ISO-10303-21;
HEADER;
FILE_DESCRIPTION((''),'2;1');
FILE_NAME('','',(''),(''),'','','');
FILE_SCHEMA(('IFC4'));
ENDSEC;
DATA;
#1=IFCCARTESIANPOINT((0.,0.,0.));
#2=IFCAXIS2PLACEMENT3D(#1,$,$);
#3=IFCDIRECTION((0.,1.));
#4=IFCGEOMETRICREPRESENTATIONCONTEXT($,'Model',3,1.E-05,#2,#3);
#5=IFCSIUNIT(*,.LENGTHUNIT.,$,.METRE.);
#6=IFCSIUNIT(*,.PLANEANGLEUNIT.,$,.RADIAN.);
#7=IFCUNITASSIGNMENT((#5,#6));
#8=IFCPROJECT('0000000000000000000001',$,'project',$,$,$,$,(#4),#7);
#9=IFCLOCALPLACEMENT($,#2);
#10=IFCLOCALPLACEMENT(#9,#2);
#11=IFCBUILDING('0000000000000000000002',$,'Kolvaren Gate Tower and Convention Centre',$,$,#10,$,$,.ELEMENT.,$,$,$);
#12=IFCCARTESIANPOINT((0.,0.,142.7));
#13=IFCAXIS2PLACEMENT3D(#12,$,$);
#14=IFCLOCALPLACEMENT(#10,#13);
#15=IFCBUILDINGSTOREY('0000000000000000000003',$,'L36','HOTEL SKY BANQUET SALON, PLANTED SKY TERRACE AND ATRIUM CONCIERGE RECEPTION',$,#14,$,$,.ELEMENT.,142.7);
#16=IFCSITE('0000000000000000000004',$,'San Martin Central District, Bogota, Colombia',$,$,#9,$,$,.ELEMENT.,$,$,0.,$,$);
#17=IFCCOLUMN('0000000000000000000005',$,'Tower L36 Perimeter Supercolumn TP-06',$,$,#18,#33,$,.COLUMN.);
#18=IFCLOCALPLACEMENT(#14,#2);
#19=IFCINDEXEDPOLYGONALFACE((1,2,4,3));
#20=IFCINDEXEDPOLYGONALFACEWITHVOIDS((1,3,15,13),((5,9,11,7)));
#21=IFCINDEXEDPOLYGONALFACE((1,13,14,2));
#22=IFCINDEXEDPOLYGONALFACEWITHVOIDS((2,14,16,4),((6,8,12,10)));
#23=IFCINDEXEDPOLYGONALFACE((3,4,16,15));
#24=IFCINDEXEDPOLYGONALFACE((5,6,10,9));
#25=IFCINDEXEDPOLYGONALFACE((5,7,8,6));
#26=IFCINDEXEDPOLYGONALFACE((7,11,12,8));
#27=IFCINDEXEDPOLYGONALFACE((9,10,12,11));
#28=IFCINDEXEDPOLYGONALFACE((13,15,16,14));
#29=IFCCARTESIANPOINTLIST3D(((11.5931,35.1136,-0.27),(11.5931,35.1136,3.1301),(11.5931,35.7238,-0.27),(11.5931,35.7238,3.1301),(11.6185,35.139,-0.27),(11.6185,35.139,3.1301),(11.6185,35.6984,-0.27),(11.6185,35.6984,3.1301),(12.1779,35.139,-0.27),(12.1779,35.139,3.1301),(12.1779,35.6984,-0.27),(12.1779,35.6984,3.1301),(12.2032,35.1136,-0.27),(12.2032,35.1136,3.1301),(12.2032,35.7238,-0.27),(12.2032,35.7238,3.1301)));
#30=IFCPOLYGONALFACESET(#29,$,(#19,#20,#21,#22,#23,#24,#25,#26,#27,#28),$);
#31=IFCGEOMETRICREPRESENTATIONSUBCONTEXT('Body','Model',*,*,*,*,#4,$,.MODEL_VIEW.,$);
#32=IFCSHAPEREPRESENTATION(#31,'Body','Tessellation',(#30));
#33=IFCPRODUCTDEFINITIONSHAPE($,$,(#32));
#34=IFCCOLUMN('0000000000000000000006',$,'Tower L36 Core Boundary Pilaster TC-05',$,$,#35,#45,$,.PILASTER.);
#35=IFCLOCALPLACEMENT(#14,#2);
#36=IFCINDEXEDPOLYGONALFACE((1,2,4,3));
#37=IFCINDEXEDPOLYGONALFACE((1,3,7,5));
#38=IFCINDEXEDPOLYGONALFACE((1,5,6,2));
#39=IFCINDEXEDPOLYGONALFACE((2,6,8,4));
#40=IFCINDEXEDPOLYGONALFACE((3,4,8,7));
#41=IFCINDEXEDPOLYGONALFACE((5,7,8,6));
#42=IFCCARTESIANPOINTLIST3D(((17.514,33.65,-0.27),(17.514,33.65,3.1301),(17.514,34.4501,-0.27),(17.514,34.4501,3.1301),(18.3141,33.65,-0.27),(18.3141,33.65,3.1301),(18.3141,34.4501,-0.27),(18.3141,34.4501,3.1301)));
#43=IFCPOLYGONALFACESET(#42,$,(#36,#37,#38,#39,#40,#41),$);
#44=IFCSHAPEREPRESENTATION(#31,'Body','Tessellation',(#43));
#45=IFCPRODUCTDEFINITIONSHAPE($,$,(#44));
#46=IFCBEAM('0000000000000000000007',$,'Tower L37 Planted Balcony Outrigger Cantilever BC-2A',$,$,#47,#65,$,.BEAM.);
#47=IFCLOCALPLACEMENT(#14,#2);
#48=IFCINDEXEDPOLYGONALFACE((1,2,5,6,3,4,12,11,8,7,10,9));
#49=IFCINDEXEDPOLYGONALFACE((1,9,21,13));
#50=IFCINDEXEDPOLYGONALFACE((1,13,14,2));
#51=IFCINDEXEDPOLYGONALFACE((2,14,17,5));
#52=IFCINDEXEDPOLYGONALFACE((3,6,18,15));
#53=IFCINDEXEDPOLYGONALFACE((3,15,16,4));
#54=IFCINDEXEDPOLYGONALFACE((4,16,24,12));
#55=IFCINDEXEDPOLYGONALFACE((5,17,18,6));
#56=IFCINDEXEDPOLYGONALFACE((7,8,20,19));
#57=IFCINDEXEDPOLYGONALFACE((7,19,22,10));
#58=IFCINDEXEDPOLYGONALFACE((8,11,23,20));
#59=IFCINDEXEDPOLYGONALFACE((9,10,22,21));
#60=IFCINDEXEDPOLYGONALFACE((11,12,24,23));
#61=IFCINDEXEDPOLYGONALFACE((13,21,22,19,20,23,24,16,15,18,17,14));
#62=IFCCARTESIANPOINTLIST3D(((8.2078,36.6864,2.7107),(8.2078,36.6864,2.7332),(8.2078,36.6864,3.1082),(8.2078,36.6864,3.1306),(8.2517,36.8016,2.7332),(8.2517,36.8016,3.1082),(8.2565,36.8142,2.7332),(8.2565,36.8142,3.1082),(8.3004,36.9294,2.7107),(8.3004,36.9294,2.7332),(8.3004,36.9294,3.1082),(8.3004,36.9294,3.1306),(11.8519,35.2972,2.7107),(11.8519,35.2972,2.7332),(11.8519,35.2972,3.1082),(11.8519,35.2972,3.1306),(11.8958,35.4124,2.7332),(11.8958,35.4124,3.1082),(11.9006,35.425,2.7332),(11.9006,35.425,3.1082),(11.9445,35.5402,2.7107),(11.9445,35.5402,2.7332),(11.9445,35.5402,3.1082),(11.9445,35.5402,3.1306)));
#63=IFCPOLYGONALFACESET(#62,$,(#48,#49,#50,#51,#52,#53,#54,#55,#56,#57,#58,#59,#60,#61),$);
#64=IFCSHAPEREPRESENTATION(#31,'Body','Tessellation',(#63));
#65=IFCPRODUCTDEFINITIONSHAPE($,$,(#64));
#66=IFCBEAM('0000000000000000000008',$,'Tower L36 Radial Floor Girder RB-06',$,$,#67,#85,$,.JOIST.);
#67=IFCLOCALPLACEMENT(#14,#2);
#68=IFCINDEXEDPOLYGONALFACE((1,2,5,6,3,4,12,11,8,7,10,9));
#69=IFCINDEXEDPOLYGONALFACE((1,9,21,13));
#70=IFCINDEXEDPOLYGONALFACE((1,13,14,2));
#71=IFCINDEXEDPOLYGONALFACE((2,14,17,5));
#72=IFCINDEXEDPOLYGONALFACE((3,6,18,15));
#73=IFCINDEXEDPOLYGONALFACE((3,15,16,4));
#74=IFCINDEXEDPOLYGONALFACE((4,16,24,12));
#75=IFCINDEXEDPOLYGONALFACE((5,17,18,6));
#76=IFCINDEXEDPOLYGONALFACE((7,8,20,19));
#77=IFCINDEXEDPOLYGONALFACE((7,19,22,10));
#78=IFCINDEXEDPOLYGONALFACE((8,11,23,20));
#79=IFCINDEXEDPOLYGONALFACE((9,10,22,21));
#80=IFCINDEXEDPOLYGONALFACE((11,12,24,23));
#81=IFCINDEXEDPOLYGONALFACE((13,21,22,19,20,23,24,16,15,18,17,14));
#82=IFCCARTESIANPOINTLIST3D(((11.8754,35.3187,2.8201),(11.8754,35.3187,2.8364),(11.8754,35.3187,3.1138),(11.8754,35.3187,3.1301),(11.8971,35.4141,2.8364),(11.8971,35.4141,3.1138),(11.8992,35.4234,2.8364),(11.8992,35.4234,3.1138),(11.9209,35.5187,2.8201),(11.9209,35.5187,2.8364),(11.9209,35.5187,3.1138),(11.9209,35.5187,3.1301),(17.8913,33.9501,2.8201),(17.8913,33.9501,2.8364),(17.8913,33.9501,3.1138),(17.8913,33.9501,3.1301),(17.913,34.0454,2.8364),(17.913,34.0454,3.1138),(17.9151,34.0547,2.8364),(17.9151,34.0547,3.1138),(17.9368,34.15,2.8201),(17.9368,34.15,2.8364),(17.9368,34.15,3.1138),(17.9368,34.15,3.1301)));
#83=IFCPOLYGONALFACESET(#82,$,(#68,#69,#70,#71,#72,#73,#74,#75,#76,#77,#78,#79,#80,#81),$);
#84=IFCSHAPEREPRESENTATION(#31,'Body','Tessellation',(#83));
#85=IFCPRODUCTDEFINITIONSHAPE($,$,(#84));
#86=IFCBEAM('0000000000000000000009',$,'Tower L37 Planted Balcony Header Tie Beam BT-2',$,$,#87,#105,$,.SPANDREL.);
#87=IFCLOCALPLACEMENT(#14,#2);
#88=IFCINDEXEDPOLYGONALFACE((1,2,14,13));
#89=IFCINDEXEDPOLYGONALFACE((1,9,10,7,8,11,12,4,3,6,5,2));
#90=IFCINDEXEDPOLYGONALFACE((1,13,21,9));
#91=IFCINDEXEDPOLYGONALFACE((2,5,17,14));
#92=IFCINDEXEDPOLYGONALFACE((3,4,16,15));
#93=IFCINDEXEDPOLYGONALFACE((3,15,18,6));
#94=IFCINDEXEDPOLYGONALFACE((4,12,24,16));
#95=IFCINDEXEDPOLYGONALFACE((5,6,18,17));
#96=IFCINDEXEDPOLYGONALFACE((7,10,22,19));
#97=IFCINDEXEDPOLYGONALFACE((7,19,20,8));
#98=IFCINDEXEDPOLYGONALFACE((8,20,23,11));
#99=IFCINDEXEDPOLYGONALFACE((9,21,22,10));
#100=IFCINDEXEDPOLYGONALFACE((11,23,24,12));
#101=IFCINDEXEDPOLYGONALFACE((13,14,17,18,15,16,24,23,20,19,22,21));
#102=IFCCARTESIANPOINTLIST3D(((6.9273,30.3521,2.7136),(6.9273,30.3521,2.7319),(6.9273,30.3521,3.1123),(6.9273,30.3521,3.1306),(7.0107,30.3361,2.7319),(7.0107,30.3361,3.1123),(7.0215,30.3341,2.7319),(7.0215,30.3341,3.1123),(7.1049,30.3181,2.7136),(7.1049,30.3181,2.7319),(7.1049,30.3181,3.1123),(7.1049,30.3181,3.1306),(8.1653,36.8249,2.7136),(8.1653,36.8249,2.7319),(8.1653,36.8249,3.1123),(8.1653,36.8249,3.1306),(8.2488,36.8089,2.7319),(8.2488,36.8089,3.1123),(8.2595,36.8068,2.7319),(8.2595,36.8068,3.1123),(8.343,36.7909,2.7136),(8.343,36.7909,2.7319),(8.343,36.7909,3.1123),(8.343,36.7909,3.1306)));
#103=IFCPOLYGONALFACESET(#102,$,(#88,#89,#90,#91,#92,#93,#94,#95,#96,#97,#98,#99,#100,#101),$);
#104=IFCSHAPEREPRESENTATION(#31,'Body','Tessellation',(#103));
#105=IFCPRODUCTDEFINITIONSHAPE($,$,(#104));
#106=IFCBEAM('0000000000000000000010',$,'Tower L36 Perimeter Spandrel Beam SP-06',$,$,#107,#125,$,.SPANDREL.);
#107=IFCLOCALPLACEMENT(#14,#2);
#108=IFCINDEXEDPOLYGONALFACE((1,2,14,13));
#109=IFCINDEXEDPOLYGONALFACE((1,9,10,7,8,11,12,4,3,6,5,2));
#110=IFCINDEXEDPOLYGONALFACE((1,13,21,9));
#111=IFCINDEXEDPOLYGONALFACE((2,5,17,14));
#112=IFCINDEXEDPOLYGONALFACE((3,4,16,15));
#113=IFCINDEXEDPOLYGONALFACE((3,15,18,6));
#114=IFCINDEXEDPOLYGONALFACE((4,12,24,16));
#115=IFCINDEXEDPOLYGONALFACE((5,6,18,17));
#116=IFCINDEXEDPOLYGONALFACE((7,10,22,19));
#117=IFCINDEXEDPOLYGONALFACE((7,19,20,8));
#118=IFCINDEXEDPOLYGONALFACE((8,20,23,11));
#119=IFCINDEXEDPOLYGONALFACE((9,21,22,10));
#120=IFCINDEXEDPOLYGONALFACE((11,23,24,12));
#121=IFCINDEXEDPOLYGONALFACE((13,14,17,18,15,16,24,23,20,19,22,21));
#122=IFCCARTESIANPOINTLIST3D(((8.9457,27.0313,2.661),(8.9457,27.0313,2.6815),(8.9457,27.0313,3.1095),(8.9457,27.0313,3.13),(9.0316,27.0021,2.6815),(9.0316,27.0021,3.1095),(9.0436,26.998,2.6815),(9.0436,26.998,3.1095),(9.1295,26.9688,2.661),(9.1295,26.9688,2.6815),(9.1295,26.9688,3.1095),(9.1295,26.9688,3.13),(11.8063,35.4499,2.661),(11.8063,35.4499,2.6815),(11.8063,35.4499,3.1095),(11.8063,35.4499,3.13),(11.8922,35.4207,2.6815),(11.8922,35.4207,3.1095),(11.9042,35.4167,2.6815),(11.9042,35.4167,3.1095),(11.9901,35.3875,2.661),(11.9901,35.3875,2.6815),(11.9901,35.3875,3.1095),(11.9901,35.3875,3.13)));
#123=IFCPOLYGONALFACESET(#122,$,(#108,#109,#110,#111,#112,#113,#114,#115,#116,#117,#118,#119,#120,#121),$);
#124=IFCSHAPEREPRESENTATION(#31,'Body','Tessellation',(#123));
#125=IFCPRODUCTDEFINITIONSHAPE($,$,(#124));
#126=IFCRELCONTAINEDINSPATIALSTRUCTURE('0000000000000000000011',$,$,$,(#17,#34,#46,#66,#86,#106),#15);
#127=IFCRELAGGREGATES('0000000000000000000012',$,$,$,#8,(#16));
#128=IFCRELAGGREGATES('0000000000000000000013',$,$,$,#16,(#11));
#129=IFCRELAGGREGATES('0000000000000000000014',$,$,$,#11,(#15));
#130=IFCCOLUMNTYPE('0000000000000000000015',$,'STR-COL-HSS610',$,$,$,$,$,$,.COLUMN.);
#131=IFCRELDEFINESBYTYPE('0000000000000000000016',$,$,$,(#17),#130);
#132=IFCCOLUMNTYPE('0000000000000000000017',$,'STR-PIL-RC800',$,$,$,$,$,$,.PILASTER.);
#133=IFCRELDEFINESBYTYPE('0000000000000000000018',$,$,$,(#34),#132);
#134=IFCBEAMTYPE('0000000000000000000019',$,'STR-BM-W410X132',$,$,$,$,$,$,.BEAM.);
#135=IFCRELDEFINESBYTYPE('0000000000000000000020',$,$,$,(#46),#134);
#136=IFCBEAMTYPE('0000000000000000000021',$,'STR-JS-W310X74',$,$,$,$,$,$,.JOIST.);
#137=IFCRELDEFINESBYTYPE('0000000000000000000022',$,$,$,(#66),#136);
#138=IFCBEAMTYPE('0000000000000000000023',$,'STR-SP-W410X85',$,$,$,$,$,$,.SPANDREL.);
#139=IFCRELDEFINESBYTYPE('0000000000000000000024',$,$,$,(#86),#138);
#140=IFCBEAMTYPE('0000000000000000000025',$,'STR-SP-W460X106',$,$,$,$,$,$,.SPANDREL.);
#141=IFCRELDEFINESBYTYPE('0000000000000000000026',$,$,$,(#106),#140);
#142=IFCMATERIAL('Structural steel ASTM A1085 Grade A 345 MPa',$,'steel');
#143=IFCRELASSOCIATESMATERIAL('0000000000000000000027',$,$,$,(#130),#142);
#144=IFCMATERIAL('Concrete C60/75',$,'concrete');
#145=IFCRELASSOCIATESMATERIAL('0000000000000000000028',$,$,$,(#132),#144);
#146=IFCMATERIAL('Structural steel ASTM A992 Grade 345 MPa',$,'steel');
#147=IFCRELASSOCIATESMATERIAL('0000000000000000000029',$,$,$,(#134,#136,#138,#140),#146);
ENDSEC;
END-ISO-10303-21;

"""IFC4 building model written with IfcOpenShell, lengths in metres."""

from ifc_helpers import new_model, si_unit, direction, frame, origin, origin_2d, place, context, subcontext, project, spatial, rectangle, hollow_rectangle, i_section, extrude, material, material_profile, profile_set, type_object, element, save


model = new_model("IFC4")

# Units and contexts
model_context = context("Model", 3, precision=1e-05, world=origin(), true_north=direction((0.0, 1.0)))
body_context = subcontext(model_context, "Body", "Model", "MODEL_VIEW")
ifc_project = project(units=[si_unit("LENGTHUNIT", "METRE"), si_unit("PLANEANGLEUNIT", "RADIAN")], contexts=[model_context])

# Site, building, storey
site_placement = place(None, origin())
site = spatial("IfcSite", under=ifc_project, at=site_placement, Name="San Martin Central District, Bogota, Colombia", CompositionType="ELEMENT", RefElevation=0.0)
building_placement = place(site_placement, origin())
building = spatial("IfcBuilding", under=site, at=building_placement, Name="Kolvaren Gate Tower and Convention Centre", CompositionType="ELEMENT")
storey_placement = place(building_placement, frame((0.0, 0.0, 142.7)))
storey = spatial("IfcBuildingStorey", under=building, at=storey_placement, Name="L36", Description="HOTEL SKY BANQUET SALON, PLANTED SKY TERRACE AND ATRIUM CONCIERGE RECEPTION", CompositionType="ELEMENT", Elevation=142.7)

# Columns
ifc_material_1 = material(Name="Structural steel ASTM A1085 Grade A 345 MPa", Category="steel")
ifc_material_profile_1 = material_profile(ifc_material_1, hollow_rectangle(XDim=0.6101, YDim=0.6101, WallThickness=0.0254, at=origin_2d()), Name="HSS610X610X25.4")
ifc_profile_set_1 = profile_set([ifc_material_profile_1], Name="Structural steel ASTM A1085 Grade A 345 MPa")
column_type_1 = type_object("IfcColumnType", Name="STR-COL-HSS610", PredefinedType="COLUMN", material=ifc_profile_set_1)
column_1_placement = place(storey_placement, frame((11.8982, 35.4187, -0.27), z_axis=(0.0, 0.0, 1.0), x_axis=(1.0, 0.0, 0.0)))
element("IfcColumn", 1, at=column_1_placement, inside=storey, type_object=column_type_1, Name="Tower L36 Perimeter Supercolumn TP-06", PredefinedType="COLUMN", context=body_context, shape_type="SweptSolid", body=[
    extrude(hollow_rectangle(XDim=0.6101, YDim=0.6101, WallThickness=0.0254, at=origin_2d()), origin(), (0.0, 0.0, 1.0), 3.4001),
])
ifc_material_2 = material(Name="Concrete C60/75", Category="concrete")
ifc_material_profile_2 = material_profile(ifc_material_2, rectangle(XDim=0.8, YDim=0.8, at=origin_2d()), Name="RC-COL-800X800")
ifc_profile_set_2 = profile_set([ifc_material_profile_2], Name="Concrete C60/75")
column_type_2 = type_object("IfcColumnType", Name="STR-PIL-RC800", PredefinedType="PILASTER", material=ifc_profile_set_2)
column_2_placement = place(storey_placement, frame((17.9141, 34.05, -0.27), z_axis=(0.0, 0.0, 1.0), x_axis=(1.0, 0.0, 0.0)))
element("IfcColumn", 2, at=column_2_placement, inside=storey, type_object=column_type_2, Name="Tower L36 Core Boundary Pilaster TC-05", PredefinedType="PILASTER", context=body_context, shape_type="SweptSolid", body=[
    extrude(rectangle(XDim=0.8, YDim=0.8, at=origin_2d()), origin(), (0.0, 0.0, 1.0), 3.4001),
])

# Beams
ifc_material_3 = material(Name="Structural steel ASTM A992 Grade 345 MPa", Category="steel")
ifc_material_profile_3 = material_profile(ifc_material_3, i_section(OverallWidth=0.26, OverallDepth=0.4199, WebThickness=0.0134, FlangeThickness=0.0225, at=origin_2d()), Name="W410X132")
ifc_profile_set_3 = profile_set([ifc_material_profile_3], Name="Structural steel ASTM A992 Grade 345 MPa")
beam_type_1 = type_object("IfcBeamType", Name="STR-BM-W410X132", PredefinedType="BEAM", material=ifc_profile_set_3)
beam_1_placement = place(storey_placement, frame((11.8982, 35.4187, 2.9207), z_axis=(-0.934406, 0.356209, 0.0), x_axis=(-0.356209, -0.934406, 0.0)))
element("IfcBeam", 3, at=beam_1_placement, inside=storey, type_object=beam_type_1, Name="Tower L37 Planted Balcony Outrigger Cantilever BC-2A", PredefinedType="BEAM", context=body_context, shape_type="SweptSolid", body=[
    extrude(i_section(OverallWidth=0.26, OverallDepth=0.4199, WebThickness=0.0134, FlangeThickness=0.0225, at=origin_2d()), origin(), (0.0, 0.0, 1.0), 3.8999),
])
ifc_material_profile_4 = material_profile(ifc_material_3, i_section(OverallWidth=0.2051, OverallDepth=0.3101, WebThickness=0.0095, FlangeThickness=0.0164, at=origin_2d()), Name="W310X74")
ifc_profile_set_4 = profile_set([ifc_material_profile_4], Name="Structural steel ASTM A992 Grade 345 MPa")
beam_type_2 = type_object("IfcBeamType", Name="STR-JS-W310X74", PredefinedType="JOIST", material=ifc_profile_set_4)
beam_2_placement = place(storey_placement, frame((17.9141, 34.05, 2.9751), z_axis=(-0.975083, 0.221838, 0.0), x_axis=(-0.221838, -0.975083, 0.0)))
element("IfcBeam", 4, at=beam_2_placement, inside=storey, type_object=beam_type_2, Name="Tower L36 Radial Floor Girder RB-06", PredefinedType="JOIST", context=body_context, shape_type="SweptSolid", body=[
    extrude(i_section(OverallWidth=0.2051, OverallDepth=0.3101, WebThickness=0.0095, FlangeThickness=0.0164, at=origin_2d()), origin(), (0.0, 0.0, 1.0), 6.1697),
])
ifc_material_profile_5 = material_profile(ifc_material_3, i_section(OverallWidth=0.1809, OverallDepth=0.417, WebThickness=0.011, FlangeThickness=0.0183, at=origin_2d()), Name="W410X85")
ifc_profile_set_5 = profile_set([ifc_material_profile_5], Name="Structural steel ASTM A992 Grade 345 MPa")
beam_type_3 = type_object("IfcBeamType", Name="STR-SP-W410X85", PredefinedType="SPANDREL", material=ifc_profile_set_5)
beam_3_placement = place(storey_placement, frame((8.2542, 36.8079, 2.9221), z_axis=(-0.187866, -0.982195, 0.0), x_axis=(0.982195, -0.187866, 0.0)))
element("IfcBeam", 5, at=beam_3_placement, inside=storey, type_object=beam_type_3, Name="Tower L37 Planted Balcony Header Tie Beam BT-2", PredefinedType="SPANDREL", context=body_context, shape_type="SweptSolid", body=[
    extrude(i_section(OverallWidth=0.1809, OverallDepth=0.417, WebThickness=0.011, FlangeThickness=0.0183, at=origin_2d()), origin(), (0.0, 0.0, 1.0), 6.5901),
])
ifc_material_profile_6 = material_profile(ifc_material_3, i_section(OverallWidth=0.1941, OverallDepth=0.469, WebThickness=0.0127, FlangeThickness=0.0205, at=origin_2d()), Name="W460X106")
ifc_profile_set_6 = profile_set([ifc_material_profile_6], Name="Structural steel ASTM A992 Grade 345 MPa")
beam_type_4 = type_object("IfcBeamType", Name="STR-SP-W460X106", PredefinedType="SPANDREL", material=ifc_profile_set_6)
beam_4_placement = place(storey_placement, frame((11.8982, 35.4187, 2.8955), z_axis=(-0.321725, -0.946833, 0.0), x_axis=(0.946833, -0.321725, 0.0)))
element("IfcBeam", 6, at=beam_4_placement, inside=storey, type_object=beam_type_4, Name="Tower L36 Perimeter Spandrel Beam SP-06", PredefinedType="SPANDREL", context=body_context, shape_type="SweptSolid", body=[
    extrude(i_section(OverallWidth=0.1941, OverallDepth=0.469, WebThickness=0.0127, FlangeThickness=0.0205, at=origin_2d()), origin(), (0.0, 0.0, 1.0), 8.8914),
])

save(model, "model.ifc")
